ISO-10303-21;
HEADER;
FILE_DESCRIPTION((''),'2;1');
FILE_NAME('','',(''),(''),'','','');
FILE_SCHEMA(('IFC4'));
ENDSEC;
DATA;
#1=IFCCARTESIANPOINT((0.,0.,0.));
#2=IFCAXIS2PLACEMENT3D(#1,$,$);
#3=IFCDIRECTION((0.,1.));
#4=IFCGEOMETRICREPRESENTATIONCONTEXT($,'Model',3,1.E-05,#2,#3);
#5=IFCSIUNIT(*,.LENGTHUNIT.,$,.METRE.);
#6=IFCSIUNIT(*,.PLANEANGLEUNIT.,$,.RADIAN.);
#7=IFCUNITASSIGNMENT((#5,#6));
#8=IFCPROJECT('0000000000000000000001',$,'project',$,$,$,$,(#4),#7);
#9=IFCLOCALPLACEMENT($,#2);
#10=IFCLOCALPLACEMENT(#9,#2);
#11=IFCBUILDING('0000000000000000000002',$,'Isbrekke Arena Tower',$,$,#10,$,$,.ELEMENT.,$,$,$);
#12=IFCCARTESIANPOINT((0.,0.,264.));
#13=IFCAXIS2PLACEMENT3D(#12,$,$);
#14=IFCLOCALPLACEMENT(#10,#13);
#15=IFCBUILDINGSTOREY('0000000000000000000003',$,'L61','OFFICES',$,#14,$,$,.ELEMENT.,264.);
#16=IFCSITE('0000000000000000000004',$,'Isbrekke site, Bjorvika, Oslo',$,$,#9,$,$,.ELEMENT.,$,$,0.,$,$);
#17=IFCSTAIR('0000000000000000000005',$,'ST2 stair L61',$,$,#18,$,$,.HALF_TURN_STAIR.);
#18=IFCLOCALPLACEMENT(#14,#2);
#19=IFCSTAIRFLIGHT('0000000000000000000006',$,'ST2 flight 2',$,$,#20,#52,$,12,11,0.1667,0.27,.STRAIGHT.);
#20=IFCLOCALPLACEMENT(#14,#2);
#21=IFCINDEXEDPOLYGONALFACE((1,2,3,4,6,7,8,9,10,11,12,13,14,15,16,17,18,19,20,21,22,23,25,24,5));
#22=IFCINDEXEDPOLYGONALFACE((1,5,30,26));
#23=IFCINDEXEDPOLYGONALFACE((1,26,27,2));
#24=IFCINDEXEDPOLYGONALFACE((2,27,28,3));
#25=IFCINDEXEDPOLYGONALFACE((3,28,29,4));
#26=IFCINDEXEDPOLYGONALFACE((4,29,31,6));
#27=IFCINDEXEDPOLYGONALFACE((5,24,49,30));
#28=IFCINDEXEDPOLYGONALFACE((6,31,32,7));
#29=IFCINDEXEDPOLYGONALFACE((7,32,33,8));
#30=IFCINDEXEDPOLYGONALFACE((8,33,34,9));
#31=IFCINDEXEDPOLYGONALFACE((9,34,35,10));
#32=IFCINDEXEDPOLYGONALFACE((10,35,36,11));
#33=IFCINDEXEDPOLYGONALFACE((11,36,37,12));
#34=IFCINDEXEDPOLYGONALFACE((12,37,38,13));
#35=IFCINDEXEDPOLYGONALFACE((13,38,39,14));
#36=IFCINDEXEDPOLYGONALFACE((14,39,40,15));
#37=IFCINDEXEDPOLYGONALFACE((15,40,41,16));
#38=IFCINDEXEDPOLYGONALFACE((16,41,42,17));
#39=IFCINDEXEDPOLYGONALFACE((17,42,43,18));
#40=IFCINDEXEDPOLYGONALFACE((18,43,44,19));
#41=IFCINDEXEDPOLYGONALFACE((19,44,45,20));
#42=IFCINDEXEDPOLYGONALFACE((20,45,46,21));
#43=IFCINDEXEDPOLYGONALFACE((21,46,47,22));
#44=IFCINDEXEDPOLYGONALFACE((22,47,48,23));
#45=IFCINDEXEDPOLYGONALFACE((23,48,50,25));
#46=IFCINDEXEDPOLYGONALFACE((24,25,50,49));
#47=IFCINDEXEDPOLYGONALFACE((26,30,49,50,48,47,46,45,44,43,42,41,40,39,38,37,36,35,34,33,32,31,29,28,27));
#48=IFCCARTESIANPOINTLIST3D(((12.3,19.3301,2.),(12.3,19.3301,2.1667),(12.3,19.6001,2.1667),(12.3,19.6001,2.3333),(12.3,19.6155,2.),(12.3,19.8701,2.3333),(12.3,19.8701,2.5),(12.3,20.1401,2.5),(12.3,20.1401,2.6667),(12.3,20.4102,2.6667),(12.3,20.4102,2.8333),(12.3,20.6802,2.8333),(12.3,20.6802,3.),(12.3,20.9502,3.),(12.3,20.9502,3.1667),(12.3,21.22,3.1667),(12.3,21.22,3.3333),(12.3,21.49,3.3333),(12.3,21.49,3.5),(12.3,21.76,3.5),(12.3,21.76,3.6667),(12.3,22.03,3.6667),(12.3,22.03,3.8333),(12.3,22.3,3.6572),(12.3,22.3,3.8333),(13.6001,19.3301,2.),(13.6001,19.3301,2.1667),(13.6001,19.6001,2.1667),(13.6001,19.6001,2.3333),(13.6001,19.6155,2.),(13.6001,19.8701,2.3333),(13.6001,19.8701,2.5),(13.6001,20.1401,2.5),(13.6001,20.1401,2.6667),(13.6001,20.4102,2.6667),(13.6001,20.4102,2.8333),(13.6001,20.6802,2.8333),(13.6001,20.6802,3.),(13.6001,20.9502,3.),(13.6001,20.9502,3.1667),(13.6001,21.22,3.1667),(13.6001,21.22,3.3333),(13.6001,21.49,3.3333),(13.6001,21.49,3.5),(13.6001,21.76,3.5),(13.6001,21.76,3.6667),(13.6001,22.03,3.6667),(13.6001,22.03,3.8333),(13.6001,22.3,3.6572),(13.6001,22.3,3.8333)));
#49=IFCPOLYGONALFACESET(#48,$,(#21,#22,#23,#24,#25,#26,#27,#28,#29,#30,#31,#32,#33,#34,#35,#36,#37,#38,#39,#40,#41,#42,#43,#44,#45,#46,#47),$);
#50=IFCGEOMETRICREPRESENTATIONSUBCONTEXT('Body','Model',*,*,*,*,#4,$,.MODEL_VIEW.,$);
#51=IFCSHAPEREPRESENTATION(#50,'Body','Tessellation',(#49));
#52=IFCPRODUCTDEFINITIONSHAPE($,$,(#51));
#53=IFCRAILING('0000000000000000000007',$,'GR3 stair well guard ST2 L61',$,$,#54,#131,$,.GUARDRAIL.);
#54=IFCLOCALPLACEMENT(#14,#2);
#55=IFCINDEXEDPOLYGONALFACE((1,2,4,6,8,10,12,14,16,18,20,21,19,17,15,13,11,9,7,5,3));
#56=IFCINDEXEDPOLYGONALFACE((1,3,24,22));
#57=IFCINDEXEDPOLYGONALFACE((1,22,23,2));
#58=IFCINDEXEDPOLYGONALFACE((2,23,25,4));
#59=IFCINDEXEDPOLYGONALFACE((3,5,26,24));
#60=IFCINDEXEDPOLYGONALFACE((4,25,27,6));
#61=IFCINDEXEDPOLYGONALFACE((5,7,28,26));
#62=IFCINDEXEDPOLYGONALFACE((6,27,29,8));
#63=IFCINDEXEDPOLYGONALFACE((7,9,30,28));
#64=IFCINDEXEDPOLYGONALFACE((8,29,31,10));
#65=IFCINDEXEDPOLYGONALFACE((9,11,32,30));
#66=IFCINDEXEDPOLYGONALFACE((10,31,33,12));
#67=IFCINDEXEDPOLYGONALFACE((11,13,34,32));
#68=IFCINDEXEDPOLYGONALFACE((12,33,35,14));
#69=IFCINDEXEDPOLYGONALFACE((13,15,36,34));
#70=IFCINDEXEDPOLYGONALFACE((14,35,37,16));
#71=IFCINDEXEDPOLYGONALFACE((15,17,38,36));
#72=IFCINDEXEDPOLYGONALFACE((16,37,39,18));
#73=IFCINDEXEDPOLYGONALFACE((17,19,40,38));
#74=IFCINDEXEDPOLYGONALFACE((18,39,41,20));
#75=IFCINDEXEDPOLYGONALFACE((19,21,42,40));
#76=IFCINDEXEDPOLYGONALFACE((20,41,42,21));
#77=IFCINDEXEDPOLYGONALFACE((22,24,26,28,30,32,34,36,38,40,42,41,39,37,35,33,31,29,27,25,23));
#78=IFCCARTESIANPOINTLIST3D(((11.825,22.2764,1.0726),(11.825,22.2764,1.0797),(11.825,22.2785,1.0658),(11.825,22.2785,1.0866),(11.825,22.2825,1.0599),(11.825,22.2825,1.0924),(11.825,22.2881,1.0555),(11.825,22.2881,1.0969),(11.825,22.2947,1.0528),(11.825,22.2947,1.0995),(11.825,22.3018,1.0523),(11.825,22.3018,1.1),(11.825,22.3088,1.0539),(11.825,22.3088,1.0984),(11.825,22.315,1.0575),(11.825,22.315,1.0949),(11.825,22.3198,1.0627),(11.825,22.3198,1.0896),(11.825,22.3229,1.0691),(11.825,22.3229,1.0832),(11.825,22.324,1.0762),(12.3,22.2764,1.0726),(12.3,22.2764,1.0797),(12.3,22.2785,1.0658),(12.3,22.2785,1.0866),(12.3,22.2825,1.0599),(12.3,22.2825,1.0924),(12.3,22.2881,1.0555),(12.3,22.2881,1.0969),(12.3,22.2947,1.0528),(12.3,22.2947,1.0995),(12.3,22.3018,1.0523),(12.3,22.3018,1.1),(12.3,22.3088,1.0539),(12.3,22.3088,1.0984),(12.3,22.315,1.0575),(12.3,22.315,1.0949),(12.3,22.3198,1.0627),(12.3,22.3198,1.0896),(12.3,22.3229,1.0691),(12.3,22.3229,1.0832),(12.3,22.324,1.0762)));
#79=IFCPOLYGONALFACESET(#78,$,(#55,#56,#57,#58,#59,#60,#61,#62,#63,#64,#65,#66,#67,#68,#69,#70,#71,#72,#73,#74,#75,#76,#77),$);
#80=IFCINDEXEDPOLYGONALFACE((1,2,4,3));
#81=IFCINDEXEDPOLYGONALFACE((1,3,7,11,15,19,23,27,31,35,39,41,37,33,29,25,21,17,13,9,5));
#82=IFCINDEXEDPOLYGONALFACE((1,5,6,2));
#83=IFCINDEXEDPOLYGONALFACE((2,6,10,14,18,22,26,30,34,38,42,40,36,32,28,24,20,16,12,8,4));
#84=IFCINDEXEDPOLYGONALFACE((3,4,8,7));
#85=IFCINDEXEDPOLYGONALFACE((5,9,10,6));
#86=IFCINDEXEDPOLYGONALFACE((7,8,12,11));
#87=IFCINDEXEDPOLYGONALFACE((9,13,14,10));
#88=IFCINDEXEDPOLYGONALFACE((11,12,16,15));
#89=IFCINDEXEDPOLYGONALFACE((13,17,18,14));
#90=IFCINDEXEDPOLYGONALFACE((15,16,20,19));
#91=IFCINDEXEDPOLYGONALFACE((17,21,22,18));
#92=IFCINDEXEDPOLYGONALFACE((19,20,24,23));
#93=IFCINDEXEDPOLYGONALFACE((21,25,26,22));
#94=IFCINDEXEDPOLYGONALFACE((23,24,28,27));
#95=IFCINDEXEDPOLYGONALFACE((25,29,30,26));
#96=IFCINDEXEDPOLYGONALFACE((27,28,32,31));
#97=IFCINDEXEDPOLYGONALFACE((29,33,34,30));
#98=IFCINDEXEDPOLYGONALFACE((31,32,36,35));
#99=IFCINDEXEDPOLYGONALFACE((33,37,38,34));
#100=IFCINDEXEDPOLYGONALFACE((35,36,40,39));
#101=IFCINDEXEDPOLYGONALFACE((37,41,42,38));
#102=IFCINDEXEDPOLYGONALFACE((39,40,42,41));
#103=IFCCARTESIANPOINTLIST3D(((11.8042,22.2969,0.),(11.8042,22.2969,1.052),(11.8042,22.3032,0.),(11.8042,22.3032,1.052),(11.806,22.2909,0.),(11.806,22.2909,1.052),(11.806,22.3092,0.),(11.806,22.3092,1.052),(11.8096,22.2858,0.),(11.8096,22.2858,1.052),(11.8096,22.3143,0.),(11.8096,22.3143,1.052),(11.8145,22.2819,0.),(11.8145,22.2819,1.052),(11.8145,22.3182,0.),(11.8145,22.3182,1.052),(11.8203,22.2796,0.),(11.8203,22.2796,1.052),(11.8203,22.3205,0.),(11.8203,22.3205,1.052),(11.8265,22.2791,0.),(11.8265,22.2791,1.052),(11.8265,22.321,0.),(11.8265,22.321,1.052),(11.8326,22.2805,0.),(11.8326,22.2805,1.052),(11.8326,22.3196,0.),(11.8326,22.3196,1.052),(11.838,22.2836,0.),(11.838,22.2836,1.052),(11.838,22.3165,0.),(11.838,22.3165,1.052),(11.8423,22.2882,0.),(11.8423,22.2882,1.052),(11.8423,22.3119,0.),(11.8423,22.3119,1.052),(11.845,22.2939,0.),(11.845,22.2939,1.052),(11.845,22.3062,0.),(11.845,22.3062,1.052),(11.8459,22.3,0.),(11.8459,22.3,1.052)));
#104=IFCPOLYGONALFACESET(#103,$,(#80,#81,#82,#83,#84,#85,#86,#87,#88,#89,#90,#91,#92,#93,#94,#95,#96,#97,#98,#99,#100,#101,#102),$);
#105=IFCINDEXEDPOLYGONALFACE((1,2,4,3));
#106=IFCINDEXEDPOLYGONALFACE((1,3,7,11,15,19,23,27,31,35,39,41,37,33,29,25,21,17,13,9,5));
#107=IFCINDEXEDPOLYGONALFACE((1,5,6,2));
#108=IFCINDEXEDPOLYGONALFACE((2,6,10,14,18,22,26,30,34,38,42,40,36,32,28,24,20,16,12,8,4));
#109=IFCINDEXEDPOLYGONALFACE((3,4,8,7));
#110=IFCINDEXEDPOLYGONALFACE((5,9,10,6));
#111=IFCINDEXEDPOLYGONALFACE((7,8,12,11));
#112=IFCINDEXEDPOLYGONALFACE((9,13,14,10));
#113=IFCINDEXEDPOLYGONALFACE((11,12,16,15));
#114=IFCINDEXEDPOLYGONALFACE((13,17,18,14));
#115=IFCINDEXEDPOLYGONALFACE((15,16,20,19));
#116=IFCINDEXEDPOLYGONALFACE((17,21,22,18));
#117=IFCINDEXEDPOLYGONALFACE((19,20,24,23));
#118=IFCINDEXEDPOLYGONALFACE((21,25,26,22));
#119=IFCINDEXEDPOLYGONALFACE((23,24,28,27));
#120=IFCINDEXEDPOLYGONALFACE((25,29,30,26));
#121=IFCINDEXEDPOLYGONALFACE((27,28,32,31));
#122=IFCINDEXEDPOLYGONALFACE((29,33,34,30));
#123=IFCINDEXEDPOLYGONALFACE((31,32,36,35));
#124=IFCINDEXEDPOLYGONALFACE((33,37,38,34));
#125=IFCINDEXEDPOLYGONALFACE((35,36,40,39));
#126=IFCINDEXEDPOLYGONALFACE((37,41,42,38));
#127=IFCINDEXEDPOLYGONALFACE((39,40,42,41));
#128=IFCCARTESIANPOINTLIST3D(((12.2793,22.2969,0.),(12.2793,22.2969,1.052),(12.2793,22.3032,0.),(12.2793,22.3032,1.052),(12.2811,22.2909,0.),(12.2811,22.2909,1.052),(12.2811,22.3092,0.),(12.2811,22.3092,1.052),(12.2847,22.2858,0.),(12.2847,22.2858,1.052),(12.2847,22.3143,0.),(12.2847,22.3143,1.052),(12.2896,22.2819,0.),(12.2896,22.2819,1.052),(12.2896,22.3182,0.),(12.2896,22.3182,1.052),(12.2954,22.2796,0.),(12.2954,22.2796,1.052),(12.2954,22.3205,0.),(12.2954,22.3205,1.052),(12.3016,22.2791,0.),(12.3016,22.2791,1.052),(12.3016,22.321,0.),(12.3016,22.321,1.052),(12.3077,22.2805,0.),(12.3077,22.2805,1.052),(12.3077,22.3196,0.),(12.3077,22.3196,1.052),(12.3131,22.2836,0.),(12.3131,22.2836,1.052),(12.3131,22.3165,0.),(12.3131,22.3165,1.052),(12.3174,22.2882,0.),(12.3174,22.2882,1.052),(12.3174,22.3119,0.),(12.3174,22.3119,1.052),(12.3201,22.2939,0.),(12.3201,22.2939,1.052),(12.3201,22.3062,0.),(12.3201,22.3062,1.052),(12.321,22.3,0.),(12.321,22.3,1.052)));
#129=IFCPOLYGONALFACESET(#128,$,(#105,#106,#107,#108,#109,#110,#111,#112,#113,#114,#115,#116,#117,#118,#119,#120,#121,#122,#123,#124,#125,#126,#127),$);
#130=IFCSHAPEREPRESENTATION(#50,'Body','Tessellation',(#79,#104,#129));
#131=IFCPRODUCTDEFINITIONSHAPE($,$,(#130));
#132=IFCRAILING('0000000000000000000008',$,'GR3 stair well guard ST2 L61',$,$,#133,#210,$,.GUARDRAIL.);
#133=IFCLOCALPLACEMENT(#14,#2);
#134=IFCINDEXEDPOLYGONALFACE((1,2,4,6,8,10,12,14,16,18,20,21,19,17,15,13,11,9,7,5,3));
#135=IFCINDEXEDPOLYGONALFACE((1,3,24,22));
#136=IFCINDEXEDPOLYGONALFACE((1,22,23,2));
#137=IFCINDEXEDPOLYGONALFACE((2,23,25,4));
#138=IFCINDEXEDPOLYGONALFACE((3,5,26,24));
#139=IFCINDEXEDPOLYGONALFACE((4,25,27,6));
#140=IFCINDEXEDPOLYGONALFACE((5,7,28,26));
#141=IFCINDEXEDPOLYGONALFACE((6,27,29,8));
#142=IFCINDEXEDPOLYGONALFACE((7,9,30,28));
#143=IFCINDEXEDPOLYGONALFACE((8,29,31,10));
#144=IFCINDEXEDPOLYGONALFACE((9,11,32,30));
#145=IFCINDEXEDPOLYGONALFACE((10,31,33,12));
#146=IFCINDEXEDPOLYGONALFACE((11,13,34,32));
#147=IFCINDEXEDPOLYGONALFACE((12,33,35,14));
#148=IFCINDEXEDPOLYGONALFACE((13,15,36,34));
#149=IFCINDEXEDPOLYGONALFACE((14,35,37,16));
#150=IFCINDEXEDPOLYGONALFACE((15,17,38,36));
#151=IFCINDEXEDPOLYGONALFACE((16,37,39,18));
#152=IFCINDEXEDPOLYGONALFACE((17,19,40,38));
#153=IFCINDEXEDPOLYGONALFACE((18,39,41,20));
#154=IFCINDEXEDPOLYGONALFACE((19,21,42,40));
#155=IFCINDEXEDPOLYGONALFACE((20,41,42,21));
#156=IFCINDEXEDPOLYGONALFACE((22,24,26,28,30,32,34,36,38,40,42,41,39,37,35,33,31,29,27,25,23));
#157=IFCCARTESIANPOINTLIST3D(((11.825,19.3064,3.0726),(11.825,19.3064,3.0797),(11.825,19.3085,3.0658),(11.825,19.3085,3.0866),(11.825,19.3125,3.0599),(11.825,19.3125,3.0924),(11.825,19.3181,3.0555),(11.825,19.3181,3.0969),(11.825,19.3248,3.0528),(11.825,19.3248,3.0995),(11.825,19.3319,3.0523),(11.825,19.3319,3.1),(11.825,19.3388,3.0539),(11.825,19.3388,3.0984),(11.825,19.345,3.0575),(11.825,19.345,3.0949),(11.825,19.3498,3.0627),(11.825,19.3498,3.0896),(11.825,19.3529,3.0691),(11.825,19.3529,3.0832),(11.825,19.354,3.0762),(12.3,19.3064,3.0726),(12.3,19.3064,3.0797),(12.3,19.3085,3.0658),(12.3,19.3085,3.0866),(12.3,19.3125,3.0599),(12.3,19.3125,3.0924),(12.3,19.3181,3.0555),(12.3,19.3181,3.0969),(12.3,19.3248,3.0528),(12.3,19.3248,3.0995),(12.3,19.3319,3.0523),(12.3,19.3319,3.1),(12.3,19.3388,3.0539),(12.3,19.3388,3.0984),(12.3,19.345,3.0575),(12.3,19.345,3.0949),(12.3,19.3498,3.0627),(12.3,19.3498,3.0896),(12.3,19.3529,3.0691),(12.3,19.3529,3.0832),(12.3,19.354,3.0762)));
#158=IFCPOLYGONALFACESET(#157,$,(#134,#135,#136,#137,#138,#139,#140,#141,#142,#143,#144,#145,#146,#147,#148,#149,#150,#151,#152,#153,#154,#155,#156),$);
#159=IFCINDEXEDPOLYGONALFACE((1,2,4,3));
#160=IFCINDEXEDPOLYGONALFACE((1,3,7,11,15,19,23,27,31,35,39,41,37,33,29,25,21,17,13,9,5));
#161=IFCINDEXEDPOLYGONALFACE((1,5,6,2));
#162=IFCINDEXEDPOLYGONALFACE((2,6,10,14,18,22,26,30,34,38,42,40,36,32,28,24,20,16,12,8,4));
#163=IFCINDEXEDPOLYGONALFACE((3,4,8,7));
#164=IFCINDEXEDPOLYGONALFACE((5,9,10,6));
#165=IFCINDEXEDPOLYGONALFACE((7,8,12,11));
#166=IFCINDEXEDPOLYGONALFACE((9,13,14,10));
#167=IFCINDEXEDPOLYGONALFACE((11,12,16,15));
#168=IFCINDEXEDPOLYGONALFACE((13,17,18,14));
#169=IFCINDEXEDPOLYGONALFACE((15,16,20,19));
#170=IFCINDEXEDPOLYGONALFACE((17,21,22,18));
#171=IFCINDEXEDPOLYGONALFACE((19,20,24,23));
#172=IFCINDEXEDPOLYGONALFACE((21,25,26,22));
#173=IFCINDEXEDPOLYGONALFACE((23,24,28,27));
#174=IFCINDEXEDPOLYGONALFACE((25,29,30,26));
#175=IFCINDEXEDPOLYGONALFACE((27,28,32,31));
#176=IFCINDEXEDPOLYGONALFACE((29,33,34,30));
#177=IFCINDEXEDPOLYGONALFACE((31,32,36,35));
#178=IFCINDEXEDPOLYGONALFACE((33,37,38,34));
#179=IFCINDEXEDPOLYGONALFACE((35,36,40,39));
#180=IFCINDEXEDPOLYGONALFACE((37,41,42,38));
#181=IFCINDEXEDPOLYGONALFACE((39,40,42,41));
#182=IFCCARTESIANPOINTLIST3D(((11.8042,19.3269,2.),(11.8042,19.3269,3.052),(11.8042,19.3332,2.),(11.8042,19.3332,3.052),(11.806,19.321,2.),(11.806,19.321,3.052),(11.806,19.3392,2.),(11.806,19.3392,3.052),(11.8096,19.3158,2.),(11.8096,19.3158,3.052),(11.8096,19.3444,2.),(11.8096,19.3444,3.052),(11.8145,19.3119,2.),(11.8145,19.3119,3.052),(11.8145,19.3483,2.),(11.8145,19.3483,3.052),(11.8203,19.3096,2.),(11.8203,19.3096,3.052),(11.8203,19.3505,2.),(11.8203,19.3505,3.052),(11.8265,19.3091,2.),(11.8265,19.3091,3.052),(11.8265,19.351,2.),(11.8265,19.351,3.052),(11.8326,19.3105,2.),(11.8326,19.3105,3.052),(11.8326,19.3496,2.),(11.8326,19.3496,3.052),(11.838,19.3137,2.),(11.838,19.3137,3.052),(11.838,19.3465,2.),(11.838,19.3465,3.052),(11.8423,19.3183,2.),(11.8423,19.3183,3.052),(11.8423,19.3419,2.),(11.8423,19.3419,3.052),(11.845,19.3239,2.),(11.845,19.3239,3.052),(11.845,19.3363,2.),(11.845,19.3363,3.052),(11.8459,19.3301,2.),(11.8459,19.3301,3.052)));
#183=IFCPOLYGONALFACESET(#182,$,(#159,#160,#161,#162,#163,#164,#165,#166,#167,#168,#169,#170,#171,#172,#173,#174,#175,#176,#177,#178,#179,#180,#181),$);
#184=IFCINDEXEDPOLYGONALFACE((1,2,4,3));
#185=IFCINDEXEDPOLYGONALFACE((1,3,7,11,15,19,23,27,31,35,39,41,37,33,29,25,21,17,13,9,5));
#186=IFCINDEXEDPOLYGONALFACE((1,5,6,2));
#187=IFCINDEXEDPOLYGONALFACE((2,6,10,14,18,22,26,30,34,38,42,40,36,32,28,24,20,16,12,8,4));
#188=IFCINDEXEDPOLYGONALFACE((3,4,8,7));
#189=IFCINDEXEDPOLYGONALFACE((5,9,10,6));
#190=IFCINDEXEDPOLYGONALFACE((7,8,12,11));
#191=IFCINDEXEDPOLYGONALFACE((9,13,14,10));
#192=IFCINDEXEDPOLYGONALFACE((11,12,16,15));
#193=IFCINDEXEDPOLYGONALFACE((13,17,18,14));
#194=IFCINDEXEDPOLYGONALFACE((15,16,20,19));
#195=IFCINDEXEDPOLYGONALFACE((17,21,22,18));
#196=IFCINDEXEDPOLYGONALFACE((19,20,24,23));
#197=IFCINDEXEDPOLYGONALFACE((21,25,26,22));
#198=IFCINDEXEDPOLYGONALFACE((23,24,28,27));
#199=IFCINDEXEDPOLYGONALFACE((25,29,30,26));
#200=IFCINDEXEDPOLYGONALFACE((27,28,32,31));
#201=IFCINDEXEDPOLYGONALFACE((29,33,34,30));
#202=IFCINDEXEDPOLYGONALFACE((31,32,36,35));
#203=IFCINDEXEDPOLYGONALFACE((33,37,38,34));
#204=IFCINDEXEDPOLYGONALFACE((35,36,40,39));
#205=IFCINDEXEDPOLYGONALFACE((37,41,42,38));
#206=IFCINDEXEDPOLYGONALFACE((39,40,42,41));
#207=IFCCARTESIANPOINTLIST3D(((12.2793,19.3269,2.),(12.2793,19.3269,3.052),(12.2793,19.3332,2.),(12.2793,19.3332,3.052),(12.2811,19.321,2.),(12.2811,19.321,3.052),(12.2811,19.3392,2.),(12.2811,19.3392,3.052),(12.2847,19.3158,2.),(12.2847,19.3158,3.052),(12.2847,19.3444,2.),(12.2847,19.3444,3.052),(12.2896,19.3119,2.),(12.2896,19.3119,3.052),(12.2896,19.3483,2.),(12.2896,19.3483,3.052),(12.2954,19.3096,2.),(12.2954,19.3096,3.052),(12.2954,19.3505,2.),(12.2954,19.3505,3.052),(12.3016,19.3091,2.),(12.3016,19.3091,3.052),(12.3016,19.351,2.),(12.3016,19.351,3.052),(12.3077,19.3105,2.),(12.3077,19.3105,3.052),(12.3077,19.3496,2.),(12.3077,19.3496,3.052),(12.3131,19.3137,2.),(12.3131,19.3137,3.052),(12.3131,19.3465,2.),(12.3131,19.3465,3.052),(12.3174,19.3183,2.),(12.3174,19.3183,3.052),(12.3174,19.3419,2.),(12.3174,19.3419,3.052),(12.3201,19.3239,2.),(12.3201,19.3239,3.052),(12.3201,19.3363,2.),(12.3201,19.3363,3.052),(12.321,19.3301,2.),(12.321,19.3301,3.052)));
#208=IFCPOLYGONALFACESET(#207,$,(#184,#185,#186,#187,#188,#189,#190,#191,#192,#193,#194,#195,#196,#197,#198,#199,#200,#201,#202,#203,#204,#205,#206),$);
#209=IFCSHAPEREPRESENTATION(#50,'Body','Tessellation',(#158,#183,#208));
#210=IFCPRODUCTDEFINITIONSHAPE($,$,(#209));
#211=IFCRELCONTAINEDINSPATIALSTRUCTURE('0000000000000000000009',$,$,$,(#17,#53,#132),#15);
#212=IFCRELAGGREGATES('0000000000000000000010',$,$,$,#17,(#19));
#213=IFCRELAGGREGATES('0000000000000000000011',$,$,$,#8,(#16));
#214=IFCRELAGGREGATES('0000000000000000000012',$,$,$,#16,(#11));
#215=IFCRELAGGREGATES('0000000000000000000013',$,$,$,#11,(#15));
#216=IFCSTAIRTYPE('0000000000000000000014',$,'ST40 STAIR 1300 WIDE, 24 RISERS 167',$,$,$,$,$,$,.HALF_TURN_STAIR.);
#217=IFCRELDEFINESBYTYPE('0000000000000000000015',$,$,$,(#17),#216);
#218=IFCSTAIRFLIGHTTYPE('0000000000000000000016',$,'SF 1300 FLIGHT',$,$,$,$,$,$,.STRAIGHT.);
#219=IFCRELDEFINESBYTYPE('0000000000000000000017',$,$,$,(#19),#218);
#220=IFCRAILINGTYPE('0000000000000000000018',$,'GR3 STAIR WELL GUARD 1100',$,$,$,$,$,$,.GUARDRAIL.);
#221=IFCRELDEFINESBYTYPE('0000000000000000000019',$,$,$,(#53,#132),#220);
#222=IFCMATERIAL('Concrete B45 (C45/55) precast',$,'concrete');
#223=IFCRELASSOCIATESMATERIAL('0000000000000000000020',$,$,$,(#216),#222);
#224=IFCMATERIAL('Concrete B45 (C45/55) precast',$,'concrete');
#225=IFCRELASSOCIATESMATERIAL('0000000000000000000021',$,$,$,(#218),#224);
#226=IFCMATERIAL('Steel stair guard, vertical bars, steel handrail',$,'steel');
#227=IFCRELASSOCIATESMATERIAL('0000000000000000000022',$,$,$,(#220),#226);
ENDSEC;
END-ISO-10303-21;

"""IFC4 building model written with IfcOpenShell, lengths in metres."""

from ifc_helpers import new_model, si_unit, direction, frame, origin, origin_2d, place, context, subcontext, project, spatial, polyline, circle, outline, extrude, material, type_object, element, aggregate, save


model = new_model("IFC4")

# Units and contexts
model_context = context("Model", 3, precision=1e-05, world=origin(), true_north=direction((0.0, 1.0)))
body_context = subcontext(model_context, "Body", "Model", "MODEL_VIEW")
ifc_project = project(units=[si_unit("LENGTHUNIT", "METRE"), si_unit("PLANEANGLEUNIT", "RADIAN")], contexts=[model_context])

# Site, building, storey
site_placement = place(None, origin())
site = spatial("IfcSite", under=ifc_project, at=site_placement, Name="Isbrekke site, Bjorvika, Oslo", CompositionType="ELEMENT", RefElevation=0.0)
building_placement = place(site_placement, origin())
building = spatial("IfcBuilding", under=site, at=building_placement, Name="Isbrekke Arena Tower", CompositionType="ELEMENT")
storey_placement = place(building_placement, frame((0.0, 0.0, 264.0)))
storey = spatial("IfcBuildingStorey", under=building, at=storey_placement, Name="L61", Description="OFFICES", CompositionType="ELEMENT", Elevation=264.0)

# Stair, stair flight
ifc_material_1 = material(Name="Concrete B45 (C45/55) precast", Category="concrete")
stair_type = type_object("IfcStairType", Name="ST40 STAIR 1300 WIDE, 24 RISERS 167", PredefinedType="HALF_TURN_STAIR", material=ifc_material_1)
stair_placement = place(storey_placement, origin())
stair = element("IfcStair", 1, at=stair_placement, inside=storey, type_object=stair_type, Name="ST2 stair L61", PredefinedType="HALF_TURN_STAIR")
ifc_material_2 = material(Name="Concrete B45 (C45/55) precast", Category="concrete")
stair_flight_type = type_object("IfcStairFlightType", Name="SF 1300 FLIGHT", PredefinedType="STRAIGHT", material=ifc_material_2)
stair_flight_1_placement = place(storey_placement, frame((12.95, 19.3301, 2.0), z_axis=(0.0, 0.0, 1.0), x_axis=(0.0, 1.0, 0.0)))
stair_flight_1 = element("IfcStairFlight", 2, at=stair_flight_1_placement, type_object=stair_flight_type, Name="ST2 flight 2", NumberOfRisers=12, NumberOfTreads=11, PredefinedType="STRAIGHT", RiserHeight=0.1667, TreadLength=0.27, context=body_context, shape_type="SweptSolid", body=[
    extrude(outline(polyline([(0.0, 0.0), (0.0, 0.1667), (0.27, 0.1667), (0.27, 0.3333), (0.54, 0.3333), (0.54, 0.5), (0.8101, 0.5), (0.8101, 0.6667), (1.0801, 0.6667), (1.0801, 0.8333), (1.3501, 0.8333), (1.3501, 1.0), (1.6201, 1.0), (1.6201, 1.1667), (1.8899, 1.1667), (1.8899, 1.3333), (2.1599, 1.3333), (2.1599, 1.5), (2.4299, 1.5), (2.4299, 1.6667), (2.7, 1.6667), (2.7, 1.8333), (2.97, 1.8333), (2.97, 2.0), (2.97, 1.6572), (0.2854, 0.0), (0.0, 0.0)])), frame((0.0, 0.6499, 0.0), z_axis=(0.0, -1.0, 0.0), x_axis=(1.0, 0.0, 0.0)), (0.0, 0.0, 1.0), 1.3),
])
aggregate(stair, [stair_flight_1])

# Railings
ifc_material_3 = material(Name="Steel stair guard, vertical bars, steel handrail", Category="steel")
railing_type = type_object("IfcRailingType", Name="GR3 STAIR WELL GUARD 1100", PredefinedType="GUARDRAIL", material=ifc_material_3)
for number, where, name in (
    (3, (11.825, 22.3, 0.0), "GR3 stair well guard ST2 L61"),
    (4, (11.825, 19.3301, 2.0), "GR3 stair well guard ST2 L61"),
):
    element("IfcRailing", number, at=place(storey_placement, frame(where)), inside=storey, type_object=railing_type, Name=name, PredefinedType="GUARDRAIL", context=body_context, shape_type="SweptSolid", body=[
        extrude(circle(Radius=0.0239, at=origin_2d()), frame((0.0, 0.0, 1.0762), z_axis=(1.0, 0.0, 0.0), x_axis=(0.0, 1.0, 0.0)), (0.0, 0.0, 1.0), 0.4751),
        extrude(circle(Radius=0.021, at=origin_2d()), origin(), (0.0, 0.0, 1.0), 1.052),
        extrude(circle(Radius=0.021, at=origin_2d()), frame((0.4751, 0.0, 0.0)), (0.0, 0.0, 1.0), 1.052),
    ])

save(model, "model.ifc")
